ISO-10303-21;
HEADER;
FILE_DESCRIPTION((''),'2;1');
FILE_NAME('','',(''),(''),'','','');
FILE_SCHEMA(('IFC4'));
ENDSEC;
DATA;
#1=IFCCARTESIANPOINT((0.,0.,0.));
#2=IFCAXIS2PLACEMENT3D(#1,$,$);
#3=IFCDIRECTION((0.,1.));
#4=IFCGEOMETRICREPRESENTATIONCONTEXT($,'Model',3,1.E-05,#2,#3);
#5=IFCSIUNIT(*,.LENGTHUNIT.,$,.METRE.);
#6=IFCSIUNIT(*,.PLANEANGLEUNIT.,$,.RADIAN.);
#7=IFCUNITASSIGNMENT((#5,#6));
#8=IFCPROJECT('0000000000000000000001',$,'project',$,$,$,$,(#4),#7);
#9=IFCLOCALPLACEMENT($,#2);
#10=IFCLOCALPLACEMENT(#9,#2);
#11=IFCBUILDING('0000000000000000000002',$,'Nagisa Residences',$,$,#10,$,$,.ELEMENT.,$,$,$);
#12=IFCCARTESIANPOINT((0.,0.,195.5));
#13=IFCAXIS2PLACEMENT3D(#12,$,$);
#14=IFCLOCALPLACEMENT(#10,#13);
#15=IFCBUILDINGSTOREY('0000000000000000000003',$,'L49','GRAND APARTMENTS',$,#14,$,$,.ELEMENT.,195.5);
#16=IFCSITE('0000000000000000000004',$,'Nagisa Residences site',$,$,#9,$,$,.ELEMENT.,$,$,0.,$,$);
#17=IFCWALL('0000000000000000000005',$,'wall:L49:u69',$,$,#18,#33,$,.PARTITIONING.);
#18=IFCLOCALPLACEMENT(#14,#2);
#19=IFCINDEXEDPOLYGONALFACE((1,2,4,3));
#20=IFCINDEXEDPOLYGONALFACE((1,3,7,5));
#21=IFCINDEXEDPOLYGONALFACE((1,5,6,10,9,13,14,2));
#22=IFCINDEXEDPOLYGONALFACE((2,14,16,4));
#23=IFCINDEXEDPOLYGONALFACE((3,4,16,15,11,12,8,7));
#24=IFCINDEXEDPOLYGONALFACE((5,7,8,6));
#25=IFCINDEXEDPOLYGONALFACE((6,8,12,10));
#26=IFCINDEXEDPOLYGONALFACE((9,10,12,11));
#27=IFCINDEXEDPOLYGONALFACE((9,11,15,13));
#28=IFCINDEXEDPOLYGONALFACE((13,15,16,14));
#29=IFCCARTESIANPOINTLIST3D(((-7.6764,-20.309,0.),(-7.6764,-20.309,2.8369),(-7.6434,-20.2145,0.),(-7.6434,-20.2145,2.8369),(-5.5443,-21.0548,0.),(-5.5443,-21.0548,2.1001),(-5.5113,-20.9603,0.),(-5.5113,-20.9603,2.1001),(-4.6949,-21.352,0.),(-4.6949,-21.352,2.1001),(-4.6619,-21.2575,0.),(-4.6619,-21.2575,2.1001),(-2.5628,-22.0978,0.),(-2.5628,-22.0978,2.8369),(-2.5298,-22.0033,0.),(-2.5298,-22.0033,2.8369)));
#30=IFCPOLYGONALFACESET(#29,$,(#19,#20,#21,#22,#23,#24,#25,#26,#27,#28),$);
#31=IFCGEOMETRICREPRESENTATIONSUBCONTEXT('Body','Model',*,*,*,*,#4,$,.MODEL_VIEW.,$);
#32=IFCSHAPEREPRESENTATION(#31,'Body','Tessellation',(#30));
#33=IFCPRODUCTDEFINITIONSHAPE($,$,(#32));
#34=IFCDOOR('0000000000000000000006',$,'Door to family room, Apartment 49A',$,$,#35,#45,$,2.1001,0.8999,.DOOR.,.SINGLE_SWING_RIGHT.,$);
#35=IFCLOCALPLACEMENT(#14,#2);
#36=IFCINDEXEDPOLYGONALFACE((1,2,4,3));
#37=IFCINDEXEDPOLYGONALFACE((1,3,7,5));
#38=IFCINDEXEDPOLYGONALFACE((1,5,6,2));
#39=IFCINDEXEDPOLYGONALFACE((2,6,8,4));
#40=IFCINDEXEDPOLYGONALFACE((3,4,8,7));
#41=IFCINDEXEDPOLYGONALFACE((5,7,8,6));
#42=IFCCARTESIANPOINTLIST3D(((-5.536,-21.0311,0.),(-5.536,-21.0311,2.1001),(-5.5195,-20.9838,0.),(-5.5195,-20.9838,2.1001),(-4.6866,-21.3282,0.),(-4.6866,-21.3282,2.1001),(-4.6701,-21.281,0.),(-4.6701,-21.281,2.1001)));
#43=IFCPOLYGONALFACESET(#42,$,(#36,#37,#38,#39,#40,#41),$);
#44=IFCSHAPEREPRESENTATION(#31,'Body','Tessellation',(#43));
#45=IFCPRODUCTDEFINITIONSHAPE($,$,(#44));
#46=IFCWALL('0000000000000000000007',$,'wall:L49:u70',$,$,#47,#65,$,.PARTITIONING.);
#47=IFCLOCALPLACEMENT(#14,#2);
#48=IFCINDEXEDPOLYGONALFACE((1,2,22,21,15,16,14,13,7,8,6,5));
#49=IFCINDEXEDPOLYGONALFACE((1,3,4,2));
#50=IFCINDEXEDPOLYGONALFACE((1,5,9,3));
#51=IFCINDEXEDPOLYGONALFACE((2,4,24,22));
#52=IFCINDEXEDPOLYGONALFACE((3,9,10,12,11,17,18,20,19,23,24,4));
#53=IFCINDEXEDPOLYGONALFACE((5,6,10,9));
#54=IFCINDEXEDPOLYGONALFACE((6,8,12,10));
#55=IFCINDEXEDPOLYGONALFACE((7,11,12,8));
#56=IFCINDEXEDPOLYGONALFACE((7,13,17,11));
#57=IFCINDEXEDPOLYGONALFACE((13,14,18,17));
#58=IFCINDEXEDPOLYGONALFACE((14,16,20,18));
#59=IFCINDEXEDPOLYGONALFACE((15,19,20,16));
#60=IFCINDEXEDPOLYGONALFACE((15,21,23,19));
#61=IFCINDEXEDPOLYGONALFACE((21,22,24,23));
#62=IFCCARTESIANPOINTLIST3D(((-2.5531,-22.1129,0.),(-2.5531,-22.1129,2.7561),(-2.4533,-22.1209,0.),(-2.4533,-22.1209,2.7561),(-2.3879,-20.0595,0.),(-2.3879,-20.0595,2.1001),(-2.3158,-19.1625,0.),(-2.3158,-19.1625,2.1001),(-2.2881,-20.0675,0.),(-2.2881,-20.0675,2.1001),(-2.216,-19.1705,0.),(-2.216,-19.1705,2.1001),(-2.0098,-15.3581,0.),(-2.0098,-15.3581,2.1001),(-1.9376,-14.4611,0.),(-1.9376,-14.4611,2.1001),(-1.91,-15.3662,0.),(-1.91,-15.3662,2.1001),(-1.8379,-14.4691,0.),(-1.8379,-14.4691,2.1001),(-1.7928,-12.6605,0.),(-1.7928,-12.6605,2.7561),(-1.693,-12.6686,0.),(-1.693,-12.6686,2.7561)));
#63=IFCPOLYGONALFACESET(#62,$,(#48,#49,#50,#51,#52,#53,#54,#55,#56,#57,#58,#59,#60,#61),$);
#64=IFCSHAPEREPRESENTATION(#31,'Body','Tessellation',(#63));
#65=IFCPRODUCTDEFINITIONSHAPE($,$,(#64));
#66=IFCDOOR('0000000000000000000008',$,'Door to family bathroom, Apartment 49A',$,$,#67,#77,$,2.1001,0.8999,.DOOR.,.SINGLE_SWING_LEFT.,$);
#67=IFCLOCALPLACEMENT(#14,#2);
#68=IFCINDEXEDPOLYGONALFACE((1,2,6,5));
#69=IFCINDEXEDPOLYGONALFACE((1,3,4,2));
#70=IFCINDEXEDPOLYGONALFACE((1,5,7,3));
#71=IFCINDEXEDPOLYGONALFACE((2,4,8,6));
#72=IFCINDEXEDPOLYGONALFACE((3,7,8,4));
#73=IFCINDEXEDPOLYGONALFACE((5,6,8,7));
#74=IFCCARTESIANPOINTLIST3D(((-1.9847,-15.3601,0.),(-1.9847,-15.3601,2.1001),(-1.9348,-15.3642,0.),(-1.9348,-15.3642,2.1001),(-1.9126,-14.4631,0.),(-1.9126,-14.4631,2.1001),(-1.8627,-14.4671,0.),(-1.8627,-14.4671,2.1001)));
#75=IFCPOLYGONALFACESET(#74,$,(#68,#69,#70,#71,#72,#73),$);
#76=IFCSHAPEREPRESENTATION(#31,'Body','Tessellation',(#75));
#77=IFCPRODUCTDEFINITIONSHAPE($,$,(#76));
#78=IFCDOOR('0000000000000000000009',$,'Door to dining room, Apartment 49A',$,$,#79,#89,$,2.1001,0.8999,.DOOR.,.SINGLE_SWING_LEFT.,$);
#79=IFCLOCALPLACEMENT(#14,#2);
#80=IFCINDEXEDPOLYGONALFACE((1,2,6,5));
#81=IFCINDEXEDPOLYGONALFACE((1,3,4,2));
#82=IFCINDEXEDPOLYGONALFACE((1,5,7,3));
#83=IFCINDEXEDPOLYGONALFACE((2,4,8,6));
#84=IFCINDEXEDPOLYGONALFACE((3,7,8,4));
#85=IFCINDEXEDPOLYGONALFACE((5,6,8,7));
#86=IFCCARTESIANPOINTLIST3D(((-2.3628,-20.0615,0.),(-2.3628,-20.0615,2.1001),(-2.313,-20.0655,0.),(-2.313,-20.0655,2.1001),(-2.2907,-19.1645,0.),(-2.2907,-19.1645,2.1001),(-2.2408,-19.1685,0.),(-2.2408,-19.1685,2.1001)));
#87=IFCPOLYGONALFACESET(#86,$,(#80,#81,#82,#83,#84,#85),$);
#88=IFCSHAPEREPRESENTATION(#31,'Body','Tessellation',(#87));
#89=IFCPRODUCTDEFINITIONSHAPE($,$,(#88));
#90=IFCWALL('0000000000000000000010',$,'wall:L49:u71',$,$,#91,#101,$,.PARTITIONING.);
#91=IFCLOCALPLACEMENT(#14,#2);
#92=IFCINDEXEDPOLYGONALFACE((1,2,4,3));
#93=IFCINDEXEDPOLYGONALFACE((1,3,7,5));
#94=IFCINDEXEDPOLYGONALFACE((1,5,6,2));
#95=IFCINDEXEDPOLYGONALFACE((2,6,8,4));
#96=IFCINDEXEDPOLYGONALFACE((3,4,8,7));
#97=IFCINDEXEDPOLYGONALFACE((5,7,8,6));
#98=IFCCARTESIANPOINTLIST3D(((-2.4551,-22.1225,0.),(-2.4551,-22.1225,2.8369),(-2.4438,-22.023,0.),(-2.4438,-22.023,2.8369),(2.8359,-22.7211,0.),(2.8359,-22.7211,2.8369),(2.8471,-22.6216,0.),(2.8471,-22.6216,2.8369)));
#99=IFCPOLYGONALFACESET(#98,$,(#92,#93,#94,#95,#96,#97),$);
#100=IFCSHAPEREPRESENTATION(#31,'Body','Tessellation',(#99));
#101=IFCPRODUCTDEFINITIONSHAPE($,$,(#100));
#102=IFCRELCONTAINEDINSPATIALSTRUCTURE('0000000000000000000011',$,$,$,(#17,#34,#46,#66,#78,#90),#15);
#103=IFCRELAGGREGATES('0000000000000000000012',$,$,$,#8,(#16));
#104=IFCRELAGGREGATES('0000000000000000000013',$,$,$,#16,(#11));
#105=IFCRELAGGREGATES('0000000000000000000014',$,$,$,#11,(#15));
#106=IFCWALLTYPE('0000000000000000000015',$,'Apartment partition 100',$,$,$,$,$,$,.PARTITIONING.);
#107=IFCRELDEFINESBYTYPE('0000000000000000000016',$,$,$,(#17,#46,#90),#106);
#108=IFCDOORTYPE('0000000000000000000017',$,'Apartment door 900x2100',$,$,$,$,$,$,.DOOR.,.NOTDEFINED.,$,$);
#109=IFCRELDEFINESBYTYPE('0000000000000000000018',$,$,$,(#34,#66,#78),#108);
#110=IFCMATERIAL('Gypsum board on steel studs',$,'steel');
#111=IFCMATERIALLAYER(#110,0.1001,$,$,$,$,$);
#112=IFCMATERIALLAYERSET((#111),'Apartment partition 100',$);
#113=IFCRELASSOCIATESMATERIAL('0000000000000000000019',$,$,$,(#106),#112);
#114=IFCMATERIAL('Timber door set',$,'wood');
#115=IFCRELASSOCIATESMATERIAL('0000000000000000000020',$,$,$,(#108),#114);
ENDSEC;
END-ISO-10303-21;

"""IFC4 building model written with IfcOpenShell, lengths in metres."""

from ifc_helpers import new_model, si_unit, direction, frame, frame_2d, origin, place, context, subcontext, project, spatial, rectangle, extrude, material, layer, layer_set, type_object, element, fill, save


model = new_model("IFC4")

# Units and contexts
model_context = context("Model", 3, precision=1e-05, world=origin(), true_north=direction((0.0, 1.0)))
body_context = subcontext(model_context, "Body", "Model", "MODEL_VIEW")
ifc_project = project(units=[si_unit("LENGTHUNIT", "METRE"), si_unit("PLANEANGLEUNIT", "RADIAN")], contexts=[model_context])

# Site, building, storey
site_placement = place(None, origin())
site = spatial("IfcSite", under=ifc_project, at=site_placement, Name="Nagisa Residences site", CompositionType="ELEMENT", RefElevation=0.0)
building_placement = place(site_placement, origin())
building = spatial("IfcBuilding", under=site, at=building_placement, Name="Nagisa Residences", CompositionType="ELEMENT")
storey_placement = place(building_placement, frame((0.0, 0.0, 195.5)))
storey = spatial("IfcBuildingStorey", under=building, at=storey_placement, Name="L49", Description="GRAND APARTMENTS", CompositionType="ELEMENT", Elevation=195.5)

# Shared definitions
ifc_material_1 = material(Name="Gypsum board on steel studs", Category="steel")
ifc_layer_1 = layer(ifc_material_1, 0.1001)
ifc_layer_set_1 = layer_set([ifc_layer_1], Name="Apartment partition 100")
wall_type_1 = type_object("IfcWallType", Name="Apartment partition 100", PredefinedType="PARTITIONING", material=ifc_layer_set_1)
ifc_material_2 = material(Name="Timber door set", Category="wood")
door_type_1 = type_object("IfcDoorType", Name="Apartment door 900x2100", OperationType="NOTDEFINED", PredefinedType="DOOR", material=ifc_material_2)

# Wall, opening, door
wall_1_placement = place(storey_placement, frame((-7.6599, -20.2617, 0.0), z_axis=(0.0, 0.0, 1.0), x_axis=(0.943911, -0.3302, 0.0)))
wall_1 = element("IfcWall", 1, at=wall_1_placement, inside=storey, type_object=wall_type_1, Name="wall:L49:u69", PredefinedType="PARTITIONING", context=body_context, shape_type="SweptSolid", body=[
    extrude(rectangle(XDim=5.4175, YDim=0.1001, at=frame_2d((2.7087, 0.0))), origin(), (0.0, 0.0, 1.0), 2.8369),
])
opening_1_placement = place(wall_1_placement, frame((2.2588, 0.0, 0.0)))
opening_1 = element("IfcOpeningElement", 2, at=opening_1_placement, cuts=wall_1, PredefinedType="OPENING", context=body_context, shape_type="SweptSolid", body=[
    extrude(rectangle(XDim=0.8999, YDim=2.1001, at=frame_2d((0.45, 1.05))), frame((0.0, 0.0601, 0.0), z_axis=(0.0, -1.0, 0.0), x_axis=(1.0, 0.0, 0.0)), (0.0, 0.0, 1.0), 0.1201),
])
door_1_placement = place(opening_1_placement, frame((0.8999, 0.0, 0.0), x_axis=(-1.0, 0.0, 0.0)))
door_1 = element("IfcDoor", 3, at=door_1_placement, inside=storey, type_object=door_type_1, Name="Door to family room, Apartment 49A", OperationType="SINGLE_SWING_RIGHT", OverallHeight=2.1001, OverallWidth=0.8999, PredefinedType="DOOR", context=body_context, shape_type="SweptSolid", body=[
    extrude(rectangle(XDim=0.8999, YDim=2.1001, at=frame_2d((0.45, 1.05))), frame((0.0, 0.0249, 0.0), z_axis=(0.0, -1.0, 0.0), x_axis=(1.0, 0.0, 0.0)), (0.0, 0.0, 1.0), 0.05),
])
fill(opening_1, door_1)

# Wall, openings, doors
wall_2_placement = place(storey_placement, frame((-1.7429, -12.6646, 0.0), z_axis=(0.0, 0.0, 1.0), x_axis=(-0.080171, -0.996781, 0.0)))
wall_2 = element("IfcWall", 4, at=wall_2_placement, inside=storey, type_object=wall_type_1, Name="wall:L49:u70", PredefinedType="PARTITIONING", context=body_context, shape_type="SweptSolid", body=[
    extrude(rectangle(XDim=9.4829, YDim=0.1001, at=frame_2d((4.7415, 0.0))), origin(), (0.0, 0.0, 1.0), 2.7561),
])
opening_2_placement = place(wall_2_placement, frame((1.8064, 0.0, 0.0)))
opening_2 = element("IfcOpeningElement", 5, at=opening_2_placement, cuts=wall_2, PredefinedType="OPENING", context=body_context, shape_type="SweptSolid", body=[
    extrude(rectangle(XDim=0.8999, YDim=2.1001, at=frame_2d((0.45, 1.05))), frame((0.0, 0.0601, 0.0), z_axis=(0.0, -1.0, 0.0), x_axis=(1.0, 0.0, 0.0)), (0.0, 0.0, 1.0), 0.1201),
])
opening_3_placement = place(wall_2_placement, frame((6.5229, 0.0, 0.0)))
opening_3 = element("IfcOpeningElement", 6, at=opening_3_placement, cuts=wall_2, PredefinedType="OPENING", context=body_context, shape_type="SweptSolid", body=[
    extrude(rectangle(XDim=0.8999, YDim=2.1001, at=frame_2d((0.45, 1.05))), frame((0.0, 0.0601, 0.0), z_axis=(0.0, -1.0, 0.0), x_axis=(1.0, 0.0, 0.0)), (0.0, 0.0, 1.0), 0.1201),
])
door_2_placement = place(opening_2_placement, frame((0.8999, 0.0, 0.0), x_axis=(-1.0, 0.0, 0.0)))
door_2 = element("IfcDoor", 7, at=door_2_placement, inside=storey, type_object=door_type_1, Name="Door to family bathroom, Apartment 49A", OperationType="SINGLE_SWING_LEFT", OverallHeight=2.1001, OverallWidth=0.8999, PredefinedType="DOOR", context=body_context, shape_type="SweptSolid", body=[
    extrude(rectangle(XDim=0.8999, YDim=2.1001, at=frame_2d((0.45, 1.05))), frame((0.0, 0.0249, 0.0), z_axis=(0.0, -1.0, 0.0), x_axis=(1.0, 0.0, 0.0)), (0.0, 0.0, 1.0), 0.05),
])
fill(opening_2, door_2)
door_3_placement = place(opening_3_placement, frame((0.8999, 0.0, 0.0), x_axis=(-1.0, 0.0, 0.0)))
door_3 = element("IfcDoor", 8, at=door_3_placement, inside=storey, type_object=door_type_1, Name="Door to dining room, Apartment 49A", OperationType="SINGLE_SWING_LEFT", OverallHeight=2.1001, OverallWidth=0.8999, PredefinedType="DOOR", context=body_context, shape_type="SweptSolid", body=[
    extrude(rectangle(XDim=0.8999, YDim=2.1001, at=frame_2d((0.45, 1.05))), frame((0.0, 0.0249, 0.0), z_axis=(0.0, -1.0, 0.0), x_axis=(1.0, 0.0, 0.0)), (0.0, 0.0, 1.0), 0.05),
])
fill(opening_3, door_3)

# Wall
wall_3_placement = place(storey_placement, frame((-2.4495, -22.0728, 0.0), z_axis=(0.0, 0.0, 1.0), x_axis=(0.99366, -0.112424, 0.0)))
element("IfcWall", 9, at=wall_3_placement, inside=storey, type_object=wall_type_1, Name="wall:L49:u71", PredefinedType="PARTITIONING", context=body_context, shape_type="SweptSolid", body=[
    extrude(rectangle(XDim=5.3247, YDim=0.1001, at=frame_2d((2.6624, 0.0))), origin(), (0.0, 0.0, 1.0), 2.8369),
])

save(model, "model.ifc")
